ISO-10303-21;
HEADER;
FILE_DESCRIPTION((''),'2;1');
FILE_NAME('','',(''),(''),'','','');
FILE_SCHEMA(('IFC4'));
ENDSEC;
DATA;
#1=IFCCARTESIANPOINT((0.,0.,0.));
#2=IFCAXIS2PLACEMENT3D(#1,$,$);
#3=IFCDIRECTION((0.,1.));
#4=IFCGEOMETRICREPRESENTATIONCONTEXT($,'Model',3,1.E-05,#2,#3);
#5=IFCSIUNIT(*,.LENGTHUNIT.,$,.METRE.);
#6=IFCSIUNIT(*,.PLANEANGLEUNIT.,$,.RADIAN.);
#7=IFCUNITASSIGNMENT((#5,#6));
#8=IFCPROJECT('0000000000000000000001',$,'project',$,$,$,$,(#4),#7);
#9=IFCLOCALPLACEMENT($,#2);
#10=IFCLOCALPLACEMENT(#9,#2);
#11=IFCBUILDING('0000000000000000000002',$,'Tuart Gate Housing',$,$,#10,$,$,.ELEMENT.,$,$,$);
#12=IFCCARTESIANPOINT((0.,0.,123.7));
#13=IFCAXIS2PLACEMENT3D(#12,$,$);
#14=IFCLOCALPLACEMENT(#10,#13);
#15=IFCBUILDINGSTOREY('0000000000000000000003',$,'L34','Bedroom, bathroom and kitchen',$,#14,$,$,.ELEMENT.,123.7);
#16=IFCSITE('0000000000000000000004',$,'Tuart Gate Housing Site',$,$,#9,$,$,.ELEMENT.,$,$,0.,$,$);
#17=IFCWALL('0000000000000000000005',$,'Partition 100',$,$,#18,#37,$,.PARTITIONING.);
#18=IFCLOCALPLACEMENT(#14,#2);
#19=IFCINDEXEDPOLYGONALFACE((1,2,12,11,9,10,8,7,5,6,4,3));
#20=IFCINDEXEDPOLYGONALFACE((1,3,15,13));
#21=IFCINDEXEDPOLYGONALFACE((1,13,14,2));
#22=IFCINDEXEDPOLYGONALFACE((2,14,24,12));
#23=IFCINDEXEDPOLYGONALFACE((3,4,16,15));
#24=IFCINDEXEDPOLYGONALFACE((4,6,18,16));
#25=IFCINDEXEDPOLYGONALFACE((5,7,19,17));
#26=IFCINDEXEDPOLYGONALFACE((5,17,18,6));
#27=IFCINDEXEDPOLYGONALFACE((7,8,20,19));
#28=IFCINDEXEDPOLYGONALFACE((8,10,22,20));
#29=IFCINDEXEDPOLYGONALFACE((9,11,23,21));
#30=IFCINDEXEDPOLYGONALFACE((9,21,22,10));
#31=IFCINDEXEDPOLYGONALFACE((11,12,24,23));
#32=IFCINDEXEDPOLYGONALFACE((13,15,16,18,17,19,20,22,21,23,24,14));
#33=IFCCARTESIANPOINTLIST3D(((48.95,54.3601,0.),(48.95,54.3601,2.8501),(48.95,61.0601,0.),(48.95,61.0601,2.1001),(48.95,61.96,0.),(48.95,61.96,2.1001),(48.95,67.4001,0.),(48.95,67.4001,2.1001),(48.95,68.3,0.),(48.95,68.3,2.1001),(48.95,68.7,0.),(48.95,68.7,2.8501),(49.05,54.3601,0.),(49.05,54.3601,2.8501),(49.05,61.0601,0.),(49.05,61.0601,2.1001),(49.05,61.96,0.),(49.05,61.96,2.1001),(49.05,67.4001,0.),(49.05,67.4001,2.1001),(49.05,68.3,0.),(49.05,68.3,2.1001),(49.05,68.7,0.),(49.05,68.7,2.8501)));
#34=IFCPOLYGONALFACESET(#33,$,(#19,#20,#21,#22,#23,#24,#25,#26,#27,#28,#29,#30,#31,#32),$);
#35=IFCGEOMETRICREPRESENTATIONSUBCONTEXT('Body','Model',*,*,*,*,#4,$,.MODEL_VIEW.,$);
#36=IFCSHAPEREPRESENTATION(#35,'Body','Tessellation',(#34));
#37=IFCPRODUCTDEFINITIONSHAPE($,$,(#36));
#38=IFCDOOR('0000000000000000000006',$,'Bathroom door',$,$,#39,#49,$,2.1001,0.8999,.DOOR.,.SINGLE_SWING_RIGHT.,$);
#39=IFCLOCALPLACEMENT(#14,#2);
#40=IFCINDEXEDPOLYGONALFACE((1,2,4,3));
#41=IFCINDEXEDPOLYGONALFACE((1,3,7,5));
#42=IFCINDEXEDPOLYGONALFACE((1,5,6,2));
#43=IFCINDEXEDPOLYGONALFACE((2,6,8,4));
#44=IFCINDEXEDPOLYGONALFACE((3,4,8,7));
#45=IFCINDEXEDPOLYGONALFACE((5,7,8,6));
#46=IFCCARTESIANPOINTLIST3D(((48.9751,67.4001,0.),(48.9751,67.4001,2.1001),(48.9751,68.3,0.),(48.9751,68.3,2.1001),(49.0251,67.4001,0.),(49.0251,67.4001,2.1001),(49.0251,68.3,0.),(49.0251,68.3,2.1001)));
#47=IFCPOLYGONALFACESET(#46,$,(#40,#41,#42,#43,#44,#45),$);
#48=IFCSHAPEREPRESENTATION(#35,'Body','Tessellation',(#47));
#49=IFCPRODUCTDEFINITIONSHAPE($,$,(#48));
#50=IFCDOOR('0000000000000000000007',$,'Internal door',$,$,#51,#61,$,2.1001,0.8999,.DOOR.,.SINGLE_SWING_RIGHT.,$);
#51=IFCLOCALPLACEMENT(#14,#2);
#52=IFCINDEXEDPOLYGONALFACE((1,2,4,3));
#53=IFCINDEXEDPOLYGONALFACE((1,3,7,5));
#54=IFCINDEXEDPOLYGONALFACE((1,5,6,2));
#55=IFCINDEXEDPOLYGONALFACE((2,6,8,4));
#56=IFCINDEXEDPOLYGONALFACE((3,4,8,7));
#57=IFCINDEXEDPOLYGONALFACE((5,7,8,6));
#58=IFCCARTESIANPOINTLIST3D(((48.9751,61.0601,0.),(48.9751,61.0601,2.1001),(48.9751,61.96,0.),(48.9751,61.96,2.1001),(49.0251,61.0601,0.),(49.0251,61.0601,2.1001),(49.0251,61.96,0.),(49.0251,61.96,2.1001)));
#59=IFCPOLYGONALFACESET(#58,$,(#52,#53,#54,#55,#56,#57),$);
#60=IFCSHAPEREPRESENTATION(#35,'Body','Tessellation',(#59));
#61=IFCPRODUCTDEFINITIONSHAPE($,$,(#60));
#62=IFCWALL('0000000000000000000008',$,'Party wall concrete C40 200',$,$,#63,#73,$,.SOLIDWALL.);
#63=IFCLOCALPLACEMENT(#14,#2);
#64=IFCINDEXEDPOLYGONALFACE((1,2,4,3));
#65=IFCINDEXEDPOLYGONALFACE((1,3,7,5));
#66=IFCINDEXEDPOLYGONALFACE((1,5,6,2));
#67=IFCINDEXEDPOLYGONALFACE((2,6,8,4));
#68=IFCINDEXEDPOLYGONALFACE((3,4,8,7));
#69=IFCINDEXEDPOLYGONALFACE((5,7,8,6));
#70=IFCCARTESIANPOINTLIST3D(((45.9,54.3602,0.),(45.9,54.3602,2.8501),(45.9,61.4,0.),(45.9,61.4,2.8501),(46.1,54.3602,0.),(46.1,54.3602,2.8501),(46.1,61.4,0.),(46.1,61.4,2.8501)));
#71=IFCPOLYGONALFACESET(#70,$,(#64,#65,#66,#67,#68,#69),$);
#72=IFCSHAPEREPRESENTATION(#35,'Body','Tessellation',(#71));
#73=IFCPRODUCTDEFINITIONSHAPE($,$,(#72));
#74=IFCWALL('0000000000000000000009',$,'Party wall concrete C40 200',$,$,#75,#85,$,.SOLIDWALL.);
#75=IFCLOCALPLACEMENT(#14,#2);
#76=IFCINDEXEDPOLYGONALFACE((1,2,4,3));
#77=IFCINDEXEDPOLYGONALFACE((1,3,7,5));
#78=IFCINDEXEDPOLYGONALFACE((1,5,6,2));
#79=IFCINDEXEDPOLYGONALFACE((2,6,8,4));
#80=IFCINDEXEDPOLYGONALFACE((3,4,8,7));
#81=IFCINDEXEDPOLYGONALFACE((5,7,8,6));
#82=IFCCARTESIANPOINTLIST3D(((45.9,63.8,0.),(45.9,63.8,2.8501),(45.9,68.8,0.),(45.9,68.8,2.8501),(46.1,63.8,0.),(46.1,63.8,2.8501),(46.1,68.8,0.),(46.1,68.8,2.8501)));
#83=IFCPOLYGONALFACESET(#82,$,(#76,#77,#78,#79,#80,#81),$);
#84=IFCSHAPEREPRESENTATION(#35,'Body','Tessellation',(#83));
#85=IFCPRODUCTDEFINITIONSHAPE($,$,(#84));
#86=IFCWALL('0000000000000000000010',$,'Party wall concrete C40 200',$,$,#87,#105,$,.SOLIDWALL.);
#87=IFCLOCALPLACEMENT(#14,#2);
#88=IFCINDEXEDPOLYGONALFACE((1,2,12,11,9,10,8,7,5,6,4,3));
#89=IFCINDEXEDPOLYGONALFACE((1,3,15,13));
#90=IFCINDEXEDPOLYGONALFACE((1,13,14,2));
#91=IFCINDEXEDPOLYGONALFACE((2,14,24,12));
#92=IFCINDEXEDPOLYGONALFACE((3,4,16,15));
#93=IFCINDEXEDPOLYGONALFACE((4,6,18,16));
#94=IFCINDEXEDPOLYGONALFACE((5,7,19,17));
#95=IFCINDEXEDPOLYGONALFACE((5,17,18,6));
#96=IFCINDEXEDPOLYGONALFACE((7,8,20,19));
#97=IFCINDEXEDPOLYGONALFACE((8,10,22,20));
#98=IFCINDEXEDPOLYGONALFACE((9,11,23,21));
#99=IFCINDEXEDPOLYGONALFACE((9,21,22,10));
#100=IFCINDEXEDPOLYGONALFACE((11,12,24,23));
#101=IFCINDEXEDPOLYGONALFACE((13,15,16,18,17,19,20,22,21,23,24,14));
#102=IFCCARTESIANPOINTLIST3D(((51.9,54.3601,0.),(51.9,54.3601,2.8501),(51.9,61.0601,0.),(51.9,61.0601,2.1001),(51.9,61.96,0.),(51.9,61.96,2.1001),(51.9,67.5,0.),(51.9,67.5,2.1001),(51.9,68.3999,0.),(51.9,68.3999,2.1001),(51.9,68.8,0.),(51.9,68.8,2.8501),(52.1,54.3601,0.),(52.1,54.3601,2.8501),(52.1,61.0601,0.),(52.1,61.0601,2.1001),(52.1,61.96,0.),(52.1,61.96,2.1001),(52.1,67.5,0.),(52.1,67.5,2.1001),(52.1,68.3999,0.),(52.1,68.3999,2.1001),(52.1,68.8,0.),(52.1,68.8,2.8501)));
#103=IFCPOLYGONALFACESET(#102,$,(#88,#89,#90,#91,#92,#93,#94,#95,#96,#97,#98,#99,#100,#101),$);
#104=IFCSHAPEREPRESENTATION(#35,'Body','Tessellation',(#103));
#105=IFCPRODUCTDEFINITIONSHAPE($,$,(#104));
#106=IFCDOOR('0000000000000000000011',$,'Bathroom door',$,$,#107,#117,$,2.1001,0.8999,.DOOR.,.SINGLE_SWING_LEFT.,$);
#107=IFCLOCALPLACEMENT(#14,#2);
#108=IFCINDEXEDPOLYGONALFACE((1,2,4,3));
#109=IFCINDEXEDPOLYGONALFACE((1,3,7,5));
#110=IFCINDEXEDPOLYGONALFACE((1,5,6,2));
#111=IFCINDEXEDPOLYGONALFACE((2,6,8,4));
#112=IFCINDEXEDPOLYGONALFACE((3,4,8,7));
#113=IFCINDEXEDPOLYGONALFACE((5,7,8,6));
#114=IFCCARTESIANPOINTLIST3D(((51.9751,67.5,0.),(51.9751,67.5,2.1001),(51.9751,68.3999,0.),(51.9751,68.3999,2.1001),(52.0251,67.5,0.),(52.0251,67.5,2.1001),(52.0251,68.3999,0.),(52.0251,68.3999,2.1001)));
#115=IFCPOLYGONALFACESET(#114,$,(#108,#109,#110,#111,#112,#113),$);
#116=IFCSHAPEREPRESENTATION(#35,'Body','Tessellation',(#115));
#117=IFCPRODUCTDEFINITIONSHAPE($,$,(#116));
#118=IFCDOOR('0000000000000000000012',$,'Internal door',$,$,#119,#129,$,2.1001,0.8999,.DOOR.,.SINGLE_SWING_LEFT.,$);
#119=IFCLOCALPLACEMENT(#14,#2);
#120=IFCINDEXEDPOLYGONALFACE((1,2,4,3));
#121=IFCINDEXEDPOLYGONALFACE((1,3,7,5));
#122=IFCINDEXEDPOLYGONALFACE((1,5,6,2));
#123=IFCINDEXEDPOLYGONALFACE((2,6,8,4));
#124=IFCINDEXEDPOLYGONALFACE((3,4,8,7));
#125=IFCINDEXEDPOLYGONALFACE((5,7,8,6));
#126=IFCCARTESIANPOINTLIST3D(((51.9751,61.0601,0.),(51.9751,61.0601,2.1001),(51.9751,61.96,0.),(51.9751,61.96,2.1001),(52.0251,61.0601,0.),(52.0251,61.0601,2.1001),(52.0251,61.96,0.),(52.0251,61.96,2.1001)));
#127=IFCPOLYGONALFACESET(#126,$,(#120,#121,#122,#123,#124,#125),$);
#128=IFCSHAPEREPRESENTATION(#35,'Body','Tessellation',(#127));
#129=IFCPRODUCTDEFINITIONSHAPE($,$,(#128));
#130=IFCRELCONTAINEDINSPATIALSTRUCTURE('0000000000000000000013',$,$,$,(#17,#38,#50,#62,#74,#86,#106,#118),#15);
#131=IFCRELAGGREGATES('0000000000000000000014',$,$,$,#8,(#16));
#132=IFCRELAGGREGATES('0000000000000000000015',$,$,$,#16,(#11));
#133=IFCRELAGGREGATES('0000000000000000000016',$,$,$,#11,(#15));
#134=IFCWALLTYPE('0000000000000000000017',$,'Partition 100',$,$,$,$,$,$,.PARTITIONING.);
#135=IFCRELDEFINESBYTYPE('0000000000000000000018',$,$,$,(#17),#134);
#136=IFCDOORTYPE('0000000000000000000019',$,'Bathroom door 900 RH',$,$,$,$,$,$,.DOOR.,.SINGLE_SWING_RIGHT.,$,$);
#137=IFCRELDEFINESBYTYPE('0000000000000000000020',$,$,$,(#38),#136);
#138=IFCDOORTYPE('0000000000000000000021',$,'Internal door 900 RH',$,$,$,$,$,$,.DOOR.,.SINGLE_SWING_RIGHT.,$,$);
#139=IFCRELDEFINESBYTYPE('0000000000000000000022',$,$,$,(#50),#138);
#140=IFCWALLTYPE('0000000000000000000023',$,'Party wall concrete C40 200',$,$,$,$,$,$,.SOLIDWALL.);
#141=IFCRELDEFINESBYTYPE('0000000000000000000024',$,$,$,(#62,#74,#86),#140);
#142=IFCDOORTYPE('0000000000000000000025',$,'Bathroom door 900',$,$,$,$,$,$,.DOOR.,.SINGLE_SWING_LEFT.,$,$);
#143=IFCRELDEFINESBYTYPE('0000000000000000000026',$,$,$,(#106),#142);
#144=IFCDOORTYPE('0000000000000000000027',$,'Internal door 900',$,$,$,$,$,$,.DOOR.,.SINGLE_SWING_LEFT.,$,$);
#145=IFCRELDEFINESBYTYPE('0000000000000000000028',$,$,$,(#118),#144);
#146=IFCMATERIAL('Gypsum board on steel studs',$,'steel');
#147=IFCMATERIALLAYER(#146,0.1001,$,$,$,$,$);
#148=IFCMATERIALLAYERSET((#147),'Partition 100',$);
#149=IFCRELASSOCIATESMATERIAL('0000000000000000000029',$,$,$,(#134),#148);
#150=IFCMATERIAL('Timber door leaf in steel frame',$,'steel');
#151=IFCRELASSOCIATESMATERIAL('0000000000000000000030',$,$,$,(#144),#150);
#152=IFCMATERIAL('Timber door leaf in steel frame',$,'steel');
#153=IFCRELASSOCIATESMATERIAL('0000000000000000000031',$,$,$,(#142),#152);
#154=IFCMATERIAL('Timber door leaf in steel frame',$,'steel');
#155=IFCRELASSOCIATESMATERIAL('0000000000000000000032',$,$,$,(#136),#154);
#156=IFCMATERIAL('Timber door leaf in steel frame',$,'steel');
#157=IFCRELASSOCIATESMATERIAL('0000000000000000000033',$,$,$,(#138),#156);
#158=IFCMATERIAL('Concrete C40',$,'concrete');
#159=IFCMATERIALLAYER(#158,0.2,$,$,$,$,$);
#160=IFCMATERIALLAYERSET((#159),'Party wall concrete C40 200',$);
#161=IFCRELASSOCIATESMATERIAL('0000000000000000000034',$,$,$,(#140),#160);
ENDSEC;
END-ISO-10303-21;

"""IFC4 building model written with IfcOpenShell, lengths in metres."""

from ifc_helpers import new_model, si_unit, direction, frame, frame_2d, origin, place, context, subcontext, project, spatial, rectangle, extrude, material, layer, layer_set, type_object, element, fill, save


model = new_model("IFC4")

# Units and contexts
model_context = context("Model", 3, precision=1e-05, world=origin(), true_north=direction((0.0, 1.0)))
body_context = subcontext(model_context, "Body", "Model", "MODEL_VIEW")
ifc_project = project(units=[si_unit("LENGTHUNIT", "METRE"), si_unit("PLANEANGLEUNIT", "RADIAN")], contexts=[model_context])

# Site, building, storey
site_placement = place(None, origin())
site = spatial("IfcSite", under=ifc_project, at=site_placement, Name="Tuart Gate Housing Site", CompositionType="ELEMENT", RefElevation=0.0)
building_placement = place(site_placement, origin())
building = spatial("IfcBuilding", under=site, at=building_placement, Name="Tuart Gate Housing", CompositionType="ELEMENT")
storey_placement = place(building_placement, frame((0.0, 0.0, 123.7)))
storey = spatial("IfcBuildingStorey", under=building, at=storey_placement, Name="L34", Description="Bedroom, bathroom and kitchen", CompositionType="ELEMENT", Elevation=123.7)

# Shared definitions
ifc_material_1 = material(Name="Gypsum board on steel studs", Category="steel")
ifc_layer_1 = layer(ifc_material_1, 0.1001)
ifc_layer_set_1 = layer_set([ifc_layer_1], Name="Partition 100")
wall_type_1 = type_object("IfcWallType", Name="Partition 100", PredefinedType="PARTITIONING", material=ifc_layer_set_1)
ifc_material_2 = material(Name="Timber door leaf in steel frame", Category="steel")
door_type_1 = type_object("IfcDoorType", Name="Internal door 900", OperationType="SINGLE_SWING_LEFT", PredefinedType="DOOR", material=ifc_material_2)

# Shared definitions
ifc_material_3 = material(Name="Timber door leaf in steel frame", Category="steel")
door_type_2 = type_object("IfcDoorType", Name="Bathroom door 900", OperationType="SINGLE_SWING_LEFT", PredefinedType="DOOR", material=ifc_material_3)

# Wall, openings, doors
wall_1_placement = place(storey_placement, frame((49.0, 54.3601, 0.0), z_axis=(0.0, 0.0, 1.0), x_axis=(0.0, 1.0, 0.0)))
wall_1 = element("IfcWall", 1, at=wall_1_placement, inside=storey, type_object=wall_type_1, Name="Partition 100", PredefinedType="PARTITIONING", context=body_context, shape_type="SweptSolid", body=[
    extrude(rectangle(XDim=14.3398, YDim=0.1001, at=frame_2d((7.1699, 0.0))), origin(), (0.0, 0.0, 1.0), 2.8501),
])
opening_1_placement = place(wall_1_placement, frame((6.7, 0.0, 0.0)))
opening_1 = element("IfcOpeningElement", 2, at=opening_1_placement, cuts=wall_1, PredefinedType="OPENING", context=body_context, shape_type="SweptSolid", body=[
    extrude(rectangle(XDim=0.8999, YDim=2.1001, at=frame_2d((0.45, 1.05))), frame((0.0, 0.0601, 0.0), z_axis=(0.0, -1.0, 0.0), x_axis=(1.0, 0.0, 0.0)), (0.0, 0.0, 1.0), 0.1201),
])
opening_2_placement = place(wall_1_placement, frame((13.04, 0.0, 0.0)))
opening_2 = element("IfcOpeningElement", 3, at=opening_2_placement, cuts=wall_1, PredefinedType="OPENING", context=body_context, shape_type="SweptSolid", body=[
    extrude(rectangle(XDim=0.8999, YDim=2.1001, at=frame_2d((0.45, 1.05))), frame((0.0, 0.0601, 0.0), z_axis=(0.0, -1.0, 0.0), x_axis=(1.0, 0.0, 0.0)), (0.0, 0.0, 1.0), 0.1201),
])
ifc_material_4 = material(Name="Timber door leaf in steel frame", Category="steel")
door_type_3 = type_object("IfcDoorType", Name="Bathroom door 900 RH", OperationType="SINGLE_SWING_RIGHT", PredefinedType="DOOR", material=ifc_material_4)
door_1_placement = place(opening_2_placement, origin())
door_1 = element("IfcDoor", 4, at=door_1_placement, inside=storey, type_object=door_type_3, Name="Bathroom door", OperationType="SINGLE_SWING_RIGHT", OverallHeight=2.1001, OverallWidth=0.8999, PredefinedType="DOOR", context=body_context, shape_type="SweptSolid", body=[
    extrude(rectangle(XDim=0.8999, YDim=2.1001, at=frame_2d((0.45, 1.05))), frame((0.0, 0.0249, 0.0), z_axis=(0.0, -1.0, 0.0), x_axis=(1.0, 0.0, 0.0)), (0.0, 0.0, 1.0), 0.05),
])
fill(opening_2, door_1)
ifc_material_5 = material(Name="Timber door leaf in steel frame", Category="steel")
door_type_4 = type_object("IfcDoorType", Name="Internal door 900 RH", OperationType="SINGLE_SWING_RIGHT", PredefinedType="DOOR", material=ifc_material_5)
door_2_placement = place(opening_1_placement, origin())
door_2 = element("IfcDoor", 5, at=door_2_placement, inside=storey, type_object=door_type_4, Name="Internal door", OperationType="SINGLE_SWING_RIGHT", OverallHeight=2.1001, OverallWidth=0.8999, PredefinedType="DOOR", context=body_context, shape_type="SweptSolid", body=[
    extrude(rectangle(XDim=0.8999, YDim=2.1001, at=frame_2d((0.45, 1.05))), frame((0.0, 0.0249, 0.0), z_axis=(0.0, -1.0, 0.0), x_axis=(1.0, 0.0, 0.0)), (0.0, 0.0, 1.0), 0.05),
])
fill(opening_1, door_2)

# Walls
ifc_material_6 = material(Name="Concrete C40", Category="concrete")
ifc_layer_2 = layer(ifc_material_6, 0.2)
ifc_layer_set_2 = layer_set([ifc_layer_2], Name="Party wall concrete C40 200")
wall_type_2 = type_object("IfcWallType", Name="Party wall concrete C40 200", PredefinedType="SOLIDWALL", material=ifc_layer_set_2)
wall_2_placement = place(storey_placement, frame((46.0, 54.3601, 0.0), z_axis=(0.0, 0.0, 1.0), x_axis=(0.0, 1.0, 0.0)))
element("IfcWall", 6, at=wall_2_placement, inside=storey, type_object=wall_type_2, Name="Party wall concrete C40 200", PredefinedType="SOLIDWALL", context=body_context, shape_type="SweptSolid", body=[
    extrude(rectangle(XDim=7.0398, YDim=0.2, at=frame_2d((3.52, 0.0))), origin(), (0.0, 0.0, 1.0), 2.8501),
])
wall_3_placement = place(storey_placement, frame((46.0, 63.8, 0.0), z_axis=(0.0, 0.0, 1.0), x_axis=(0.0, 1.0, 0.0)))
element("IfcWall", 7, at=wall_3_placement, inside=storey, type_object=wall_type_2, Name="Party wall concrete C40 200", PredefinedType="SOLIDWALL", context=body_context, shape_type="SweptSolid", body=[
    extrude(rectangle(XDim=5.0, YDim=0.2, at=frame_2d((2.5, 0.0))), origin(), (0.0, 0.0, 1.0), 2.8501),
])

# Wall, openings, doors
wall_4_placement = place(storey_placement, frame((52.0, 54.3601, 0.0), z_axis=(0.0, 0.0, 1.0), x_axis=(0.0, 1.0, 0.0)))
wall_4 = element("IfcWall", 8, at=wall_4_placement, inside=storey, type_object=wall_type_2, Name="Party wall concrete C40 200", PredefinedType="SOLIDWALL", context=body_context, shape_type="SweptSolid", body=[
    extrude(rectangle(XDim=14.4399, YDim=0.2, at=frame_2d((7.22, 0.0))), origin(), (0.0, 0.0, 1.0), 2.8501),
])
opening_3_placement = place(wall_4_placement, frame((6.7, 0.0, 0.0)))
opening_3 = element("IfcOpeningElement", 9, at=opening_3_placement, cuts=wall_4, PredefinedType="OPENING", context=body_context, shape_type="SweptSolid", body=[
    extrude(rectangle(XDim=0.8999, YDim=2.1001, at=frame_2d((0.45, 1.05))), frame((0.0, 0.1099, 0.0), z_axis=(0.0, -1.0, 0.0), x_axis=(1.0, 0.0, 0.0)), (0.0, 0.0, 1.0), 0.22),
])
opening_4_placement = place(wall_4_placement, frame((13.1399, 0.0, 0.0)))
opening_4 = element("IfcOpeningElement", 10, at=opening_4_placement, cuts=wall_4, PredefinedType="OPENING", context=body_context, shape_type="SweptSolid", body=[
    extrude(rectangle(XDim=0.8999, YDim=2.1001, at=frame_2d((0.45, 1.05))), frame((0.0, 0.1099, 0.0), z_axis=(0.0, -1.0, 0.0), x_axis=(1.0, 0.0, 0.0)), (0.0, 0.0, 1.0), 0.22),
])
door_3_placement = place(opening_4_placement, frame((0.8999, 0.0, 0.0), z_axis=(0.0, 0.0, 1.0), x_axis=(-1.0, 0.0, 0.0)))
door_3 = element("IfcDoor", 11, at=door_3_placement, inside=storey, type_object=door_type_2, Name="Bathroom door", OperationType="SINGLE_SWING_LEFT", OverallHeight=2.1001, OverallWidth=0.8999, PredefinedType="DOOR", context=body_context, shape_type="SweptSolid", body=[
    extrude(rectangle(XDim=0.8999, YDim=2.1001, at=frame_2d((0.45, 1.05))), frame((0.0, 0.0251, 0.0), z_axis=(0.0, -1.0, 0.0), x_axis=(1.0, 0.0, 0.0)), (0.0, 0.0, 1.0), 0.05),
])
fill(opening_4, door_3)
door_4_placement = place(opening_3_placement, frame((0.8999, 0.0, 0.0), z_axis=(0.0, 0.0, 1.0), x_axis=(-1.0, 0.0, 0.0)))
door_4 = element("IfcDoor", 12, at=door_4_placement, inside=storey, type_object=door_type_1, Name="Internal door", OperationType="SINGLE_SWING_LEFT", OverallHeight=2.1001, OverallWidth=0.8999, PredefinedType="DOOR", context=body_context, shape_type="SweptSolid", body=[
    extrude(rectangle(XDim=0.8999, YDim=2.1001, at=frame_2d((0.45, 1.05))), frame((0.0, 0.0251, 0.0), z_axis=(0.0, -1.0, 0.0), x_axis=(1.0, 0.0, 0.0)), (0.0, 0.0, 1.0), 0.05),
])
fill(opening_3, door_4)

save(model, "model.ifc")
